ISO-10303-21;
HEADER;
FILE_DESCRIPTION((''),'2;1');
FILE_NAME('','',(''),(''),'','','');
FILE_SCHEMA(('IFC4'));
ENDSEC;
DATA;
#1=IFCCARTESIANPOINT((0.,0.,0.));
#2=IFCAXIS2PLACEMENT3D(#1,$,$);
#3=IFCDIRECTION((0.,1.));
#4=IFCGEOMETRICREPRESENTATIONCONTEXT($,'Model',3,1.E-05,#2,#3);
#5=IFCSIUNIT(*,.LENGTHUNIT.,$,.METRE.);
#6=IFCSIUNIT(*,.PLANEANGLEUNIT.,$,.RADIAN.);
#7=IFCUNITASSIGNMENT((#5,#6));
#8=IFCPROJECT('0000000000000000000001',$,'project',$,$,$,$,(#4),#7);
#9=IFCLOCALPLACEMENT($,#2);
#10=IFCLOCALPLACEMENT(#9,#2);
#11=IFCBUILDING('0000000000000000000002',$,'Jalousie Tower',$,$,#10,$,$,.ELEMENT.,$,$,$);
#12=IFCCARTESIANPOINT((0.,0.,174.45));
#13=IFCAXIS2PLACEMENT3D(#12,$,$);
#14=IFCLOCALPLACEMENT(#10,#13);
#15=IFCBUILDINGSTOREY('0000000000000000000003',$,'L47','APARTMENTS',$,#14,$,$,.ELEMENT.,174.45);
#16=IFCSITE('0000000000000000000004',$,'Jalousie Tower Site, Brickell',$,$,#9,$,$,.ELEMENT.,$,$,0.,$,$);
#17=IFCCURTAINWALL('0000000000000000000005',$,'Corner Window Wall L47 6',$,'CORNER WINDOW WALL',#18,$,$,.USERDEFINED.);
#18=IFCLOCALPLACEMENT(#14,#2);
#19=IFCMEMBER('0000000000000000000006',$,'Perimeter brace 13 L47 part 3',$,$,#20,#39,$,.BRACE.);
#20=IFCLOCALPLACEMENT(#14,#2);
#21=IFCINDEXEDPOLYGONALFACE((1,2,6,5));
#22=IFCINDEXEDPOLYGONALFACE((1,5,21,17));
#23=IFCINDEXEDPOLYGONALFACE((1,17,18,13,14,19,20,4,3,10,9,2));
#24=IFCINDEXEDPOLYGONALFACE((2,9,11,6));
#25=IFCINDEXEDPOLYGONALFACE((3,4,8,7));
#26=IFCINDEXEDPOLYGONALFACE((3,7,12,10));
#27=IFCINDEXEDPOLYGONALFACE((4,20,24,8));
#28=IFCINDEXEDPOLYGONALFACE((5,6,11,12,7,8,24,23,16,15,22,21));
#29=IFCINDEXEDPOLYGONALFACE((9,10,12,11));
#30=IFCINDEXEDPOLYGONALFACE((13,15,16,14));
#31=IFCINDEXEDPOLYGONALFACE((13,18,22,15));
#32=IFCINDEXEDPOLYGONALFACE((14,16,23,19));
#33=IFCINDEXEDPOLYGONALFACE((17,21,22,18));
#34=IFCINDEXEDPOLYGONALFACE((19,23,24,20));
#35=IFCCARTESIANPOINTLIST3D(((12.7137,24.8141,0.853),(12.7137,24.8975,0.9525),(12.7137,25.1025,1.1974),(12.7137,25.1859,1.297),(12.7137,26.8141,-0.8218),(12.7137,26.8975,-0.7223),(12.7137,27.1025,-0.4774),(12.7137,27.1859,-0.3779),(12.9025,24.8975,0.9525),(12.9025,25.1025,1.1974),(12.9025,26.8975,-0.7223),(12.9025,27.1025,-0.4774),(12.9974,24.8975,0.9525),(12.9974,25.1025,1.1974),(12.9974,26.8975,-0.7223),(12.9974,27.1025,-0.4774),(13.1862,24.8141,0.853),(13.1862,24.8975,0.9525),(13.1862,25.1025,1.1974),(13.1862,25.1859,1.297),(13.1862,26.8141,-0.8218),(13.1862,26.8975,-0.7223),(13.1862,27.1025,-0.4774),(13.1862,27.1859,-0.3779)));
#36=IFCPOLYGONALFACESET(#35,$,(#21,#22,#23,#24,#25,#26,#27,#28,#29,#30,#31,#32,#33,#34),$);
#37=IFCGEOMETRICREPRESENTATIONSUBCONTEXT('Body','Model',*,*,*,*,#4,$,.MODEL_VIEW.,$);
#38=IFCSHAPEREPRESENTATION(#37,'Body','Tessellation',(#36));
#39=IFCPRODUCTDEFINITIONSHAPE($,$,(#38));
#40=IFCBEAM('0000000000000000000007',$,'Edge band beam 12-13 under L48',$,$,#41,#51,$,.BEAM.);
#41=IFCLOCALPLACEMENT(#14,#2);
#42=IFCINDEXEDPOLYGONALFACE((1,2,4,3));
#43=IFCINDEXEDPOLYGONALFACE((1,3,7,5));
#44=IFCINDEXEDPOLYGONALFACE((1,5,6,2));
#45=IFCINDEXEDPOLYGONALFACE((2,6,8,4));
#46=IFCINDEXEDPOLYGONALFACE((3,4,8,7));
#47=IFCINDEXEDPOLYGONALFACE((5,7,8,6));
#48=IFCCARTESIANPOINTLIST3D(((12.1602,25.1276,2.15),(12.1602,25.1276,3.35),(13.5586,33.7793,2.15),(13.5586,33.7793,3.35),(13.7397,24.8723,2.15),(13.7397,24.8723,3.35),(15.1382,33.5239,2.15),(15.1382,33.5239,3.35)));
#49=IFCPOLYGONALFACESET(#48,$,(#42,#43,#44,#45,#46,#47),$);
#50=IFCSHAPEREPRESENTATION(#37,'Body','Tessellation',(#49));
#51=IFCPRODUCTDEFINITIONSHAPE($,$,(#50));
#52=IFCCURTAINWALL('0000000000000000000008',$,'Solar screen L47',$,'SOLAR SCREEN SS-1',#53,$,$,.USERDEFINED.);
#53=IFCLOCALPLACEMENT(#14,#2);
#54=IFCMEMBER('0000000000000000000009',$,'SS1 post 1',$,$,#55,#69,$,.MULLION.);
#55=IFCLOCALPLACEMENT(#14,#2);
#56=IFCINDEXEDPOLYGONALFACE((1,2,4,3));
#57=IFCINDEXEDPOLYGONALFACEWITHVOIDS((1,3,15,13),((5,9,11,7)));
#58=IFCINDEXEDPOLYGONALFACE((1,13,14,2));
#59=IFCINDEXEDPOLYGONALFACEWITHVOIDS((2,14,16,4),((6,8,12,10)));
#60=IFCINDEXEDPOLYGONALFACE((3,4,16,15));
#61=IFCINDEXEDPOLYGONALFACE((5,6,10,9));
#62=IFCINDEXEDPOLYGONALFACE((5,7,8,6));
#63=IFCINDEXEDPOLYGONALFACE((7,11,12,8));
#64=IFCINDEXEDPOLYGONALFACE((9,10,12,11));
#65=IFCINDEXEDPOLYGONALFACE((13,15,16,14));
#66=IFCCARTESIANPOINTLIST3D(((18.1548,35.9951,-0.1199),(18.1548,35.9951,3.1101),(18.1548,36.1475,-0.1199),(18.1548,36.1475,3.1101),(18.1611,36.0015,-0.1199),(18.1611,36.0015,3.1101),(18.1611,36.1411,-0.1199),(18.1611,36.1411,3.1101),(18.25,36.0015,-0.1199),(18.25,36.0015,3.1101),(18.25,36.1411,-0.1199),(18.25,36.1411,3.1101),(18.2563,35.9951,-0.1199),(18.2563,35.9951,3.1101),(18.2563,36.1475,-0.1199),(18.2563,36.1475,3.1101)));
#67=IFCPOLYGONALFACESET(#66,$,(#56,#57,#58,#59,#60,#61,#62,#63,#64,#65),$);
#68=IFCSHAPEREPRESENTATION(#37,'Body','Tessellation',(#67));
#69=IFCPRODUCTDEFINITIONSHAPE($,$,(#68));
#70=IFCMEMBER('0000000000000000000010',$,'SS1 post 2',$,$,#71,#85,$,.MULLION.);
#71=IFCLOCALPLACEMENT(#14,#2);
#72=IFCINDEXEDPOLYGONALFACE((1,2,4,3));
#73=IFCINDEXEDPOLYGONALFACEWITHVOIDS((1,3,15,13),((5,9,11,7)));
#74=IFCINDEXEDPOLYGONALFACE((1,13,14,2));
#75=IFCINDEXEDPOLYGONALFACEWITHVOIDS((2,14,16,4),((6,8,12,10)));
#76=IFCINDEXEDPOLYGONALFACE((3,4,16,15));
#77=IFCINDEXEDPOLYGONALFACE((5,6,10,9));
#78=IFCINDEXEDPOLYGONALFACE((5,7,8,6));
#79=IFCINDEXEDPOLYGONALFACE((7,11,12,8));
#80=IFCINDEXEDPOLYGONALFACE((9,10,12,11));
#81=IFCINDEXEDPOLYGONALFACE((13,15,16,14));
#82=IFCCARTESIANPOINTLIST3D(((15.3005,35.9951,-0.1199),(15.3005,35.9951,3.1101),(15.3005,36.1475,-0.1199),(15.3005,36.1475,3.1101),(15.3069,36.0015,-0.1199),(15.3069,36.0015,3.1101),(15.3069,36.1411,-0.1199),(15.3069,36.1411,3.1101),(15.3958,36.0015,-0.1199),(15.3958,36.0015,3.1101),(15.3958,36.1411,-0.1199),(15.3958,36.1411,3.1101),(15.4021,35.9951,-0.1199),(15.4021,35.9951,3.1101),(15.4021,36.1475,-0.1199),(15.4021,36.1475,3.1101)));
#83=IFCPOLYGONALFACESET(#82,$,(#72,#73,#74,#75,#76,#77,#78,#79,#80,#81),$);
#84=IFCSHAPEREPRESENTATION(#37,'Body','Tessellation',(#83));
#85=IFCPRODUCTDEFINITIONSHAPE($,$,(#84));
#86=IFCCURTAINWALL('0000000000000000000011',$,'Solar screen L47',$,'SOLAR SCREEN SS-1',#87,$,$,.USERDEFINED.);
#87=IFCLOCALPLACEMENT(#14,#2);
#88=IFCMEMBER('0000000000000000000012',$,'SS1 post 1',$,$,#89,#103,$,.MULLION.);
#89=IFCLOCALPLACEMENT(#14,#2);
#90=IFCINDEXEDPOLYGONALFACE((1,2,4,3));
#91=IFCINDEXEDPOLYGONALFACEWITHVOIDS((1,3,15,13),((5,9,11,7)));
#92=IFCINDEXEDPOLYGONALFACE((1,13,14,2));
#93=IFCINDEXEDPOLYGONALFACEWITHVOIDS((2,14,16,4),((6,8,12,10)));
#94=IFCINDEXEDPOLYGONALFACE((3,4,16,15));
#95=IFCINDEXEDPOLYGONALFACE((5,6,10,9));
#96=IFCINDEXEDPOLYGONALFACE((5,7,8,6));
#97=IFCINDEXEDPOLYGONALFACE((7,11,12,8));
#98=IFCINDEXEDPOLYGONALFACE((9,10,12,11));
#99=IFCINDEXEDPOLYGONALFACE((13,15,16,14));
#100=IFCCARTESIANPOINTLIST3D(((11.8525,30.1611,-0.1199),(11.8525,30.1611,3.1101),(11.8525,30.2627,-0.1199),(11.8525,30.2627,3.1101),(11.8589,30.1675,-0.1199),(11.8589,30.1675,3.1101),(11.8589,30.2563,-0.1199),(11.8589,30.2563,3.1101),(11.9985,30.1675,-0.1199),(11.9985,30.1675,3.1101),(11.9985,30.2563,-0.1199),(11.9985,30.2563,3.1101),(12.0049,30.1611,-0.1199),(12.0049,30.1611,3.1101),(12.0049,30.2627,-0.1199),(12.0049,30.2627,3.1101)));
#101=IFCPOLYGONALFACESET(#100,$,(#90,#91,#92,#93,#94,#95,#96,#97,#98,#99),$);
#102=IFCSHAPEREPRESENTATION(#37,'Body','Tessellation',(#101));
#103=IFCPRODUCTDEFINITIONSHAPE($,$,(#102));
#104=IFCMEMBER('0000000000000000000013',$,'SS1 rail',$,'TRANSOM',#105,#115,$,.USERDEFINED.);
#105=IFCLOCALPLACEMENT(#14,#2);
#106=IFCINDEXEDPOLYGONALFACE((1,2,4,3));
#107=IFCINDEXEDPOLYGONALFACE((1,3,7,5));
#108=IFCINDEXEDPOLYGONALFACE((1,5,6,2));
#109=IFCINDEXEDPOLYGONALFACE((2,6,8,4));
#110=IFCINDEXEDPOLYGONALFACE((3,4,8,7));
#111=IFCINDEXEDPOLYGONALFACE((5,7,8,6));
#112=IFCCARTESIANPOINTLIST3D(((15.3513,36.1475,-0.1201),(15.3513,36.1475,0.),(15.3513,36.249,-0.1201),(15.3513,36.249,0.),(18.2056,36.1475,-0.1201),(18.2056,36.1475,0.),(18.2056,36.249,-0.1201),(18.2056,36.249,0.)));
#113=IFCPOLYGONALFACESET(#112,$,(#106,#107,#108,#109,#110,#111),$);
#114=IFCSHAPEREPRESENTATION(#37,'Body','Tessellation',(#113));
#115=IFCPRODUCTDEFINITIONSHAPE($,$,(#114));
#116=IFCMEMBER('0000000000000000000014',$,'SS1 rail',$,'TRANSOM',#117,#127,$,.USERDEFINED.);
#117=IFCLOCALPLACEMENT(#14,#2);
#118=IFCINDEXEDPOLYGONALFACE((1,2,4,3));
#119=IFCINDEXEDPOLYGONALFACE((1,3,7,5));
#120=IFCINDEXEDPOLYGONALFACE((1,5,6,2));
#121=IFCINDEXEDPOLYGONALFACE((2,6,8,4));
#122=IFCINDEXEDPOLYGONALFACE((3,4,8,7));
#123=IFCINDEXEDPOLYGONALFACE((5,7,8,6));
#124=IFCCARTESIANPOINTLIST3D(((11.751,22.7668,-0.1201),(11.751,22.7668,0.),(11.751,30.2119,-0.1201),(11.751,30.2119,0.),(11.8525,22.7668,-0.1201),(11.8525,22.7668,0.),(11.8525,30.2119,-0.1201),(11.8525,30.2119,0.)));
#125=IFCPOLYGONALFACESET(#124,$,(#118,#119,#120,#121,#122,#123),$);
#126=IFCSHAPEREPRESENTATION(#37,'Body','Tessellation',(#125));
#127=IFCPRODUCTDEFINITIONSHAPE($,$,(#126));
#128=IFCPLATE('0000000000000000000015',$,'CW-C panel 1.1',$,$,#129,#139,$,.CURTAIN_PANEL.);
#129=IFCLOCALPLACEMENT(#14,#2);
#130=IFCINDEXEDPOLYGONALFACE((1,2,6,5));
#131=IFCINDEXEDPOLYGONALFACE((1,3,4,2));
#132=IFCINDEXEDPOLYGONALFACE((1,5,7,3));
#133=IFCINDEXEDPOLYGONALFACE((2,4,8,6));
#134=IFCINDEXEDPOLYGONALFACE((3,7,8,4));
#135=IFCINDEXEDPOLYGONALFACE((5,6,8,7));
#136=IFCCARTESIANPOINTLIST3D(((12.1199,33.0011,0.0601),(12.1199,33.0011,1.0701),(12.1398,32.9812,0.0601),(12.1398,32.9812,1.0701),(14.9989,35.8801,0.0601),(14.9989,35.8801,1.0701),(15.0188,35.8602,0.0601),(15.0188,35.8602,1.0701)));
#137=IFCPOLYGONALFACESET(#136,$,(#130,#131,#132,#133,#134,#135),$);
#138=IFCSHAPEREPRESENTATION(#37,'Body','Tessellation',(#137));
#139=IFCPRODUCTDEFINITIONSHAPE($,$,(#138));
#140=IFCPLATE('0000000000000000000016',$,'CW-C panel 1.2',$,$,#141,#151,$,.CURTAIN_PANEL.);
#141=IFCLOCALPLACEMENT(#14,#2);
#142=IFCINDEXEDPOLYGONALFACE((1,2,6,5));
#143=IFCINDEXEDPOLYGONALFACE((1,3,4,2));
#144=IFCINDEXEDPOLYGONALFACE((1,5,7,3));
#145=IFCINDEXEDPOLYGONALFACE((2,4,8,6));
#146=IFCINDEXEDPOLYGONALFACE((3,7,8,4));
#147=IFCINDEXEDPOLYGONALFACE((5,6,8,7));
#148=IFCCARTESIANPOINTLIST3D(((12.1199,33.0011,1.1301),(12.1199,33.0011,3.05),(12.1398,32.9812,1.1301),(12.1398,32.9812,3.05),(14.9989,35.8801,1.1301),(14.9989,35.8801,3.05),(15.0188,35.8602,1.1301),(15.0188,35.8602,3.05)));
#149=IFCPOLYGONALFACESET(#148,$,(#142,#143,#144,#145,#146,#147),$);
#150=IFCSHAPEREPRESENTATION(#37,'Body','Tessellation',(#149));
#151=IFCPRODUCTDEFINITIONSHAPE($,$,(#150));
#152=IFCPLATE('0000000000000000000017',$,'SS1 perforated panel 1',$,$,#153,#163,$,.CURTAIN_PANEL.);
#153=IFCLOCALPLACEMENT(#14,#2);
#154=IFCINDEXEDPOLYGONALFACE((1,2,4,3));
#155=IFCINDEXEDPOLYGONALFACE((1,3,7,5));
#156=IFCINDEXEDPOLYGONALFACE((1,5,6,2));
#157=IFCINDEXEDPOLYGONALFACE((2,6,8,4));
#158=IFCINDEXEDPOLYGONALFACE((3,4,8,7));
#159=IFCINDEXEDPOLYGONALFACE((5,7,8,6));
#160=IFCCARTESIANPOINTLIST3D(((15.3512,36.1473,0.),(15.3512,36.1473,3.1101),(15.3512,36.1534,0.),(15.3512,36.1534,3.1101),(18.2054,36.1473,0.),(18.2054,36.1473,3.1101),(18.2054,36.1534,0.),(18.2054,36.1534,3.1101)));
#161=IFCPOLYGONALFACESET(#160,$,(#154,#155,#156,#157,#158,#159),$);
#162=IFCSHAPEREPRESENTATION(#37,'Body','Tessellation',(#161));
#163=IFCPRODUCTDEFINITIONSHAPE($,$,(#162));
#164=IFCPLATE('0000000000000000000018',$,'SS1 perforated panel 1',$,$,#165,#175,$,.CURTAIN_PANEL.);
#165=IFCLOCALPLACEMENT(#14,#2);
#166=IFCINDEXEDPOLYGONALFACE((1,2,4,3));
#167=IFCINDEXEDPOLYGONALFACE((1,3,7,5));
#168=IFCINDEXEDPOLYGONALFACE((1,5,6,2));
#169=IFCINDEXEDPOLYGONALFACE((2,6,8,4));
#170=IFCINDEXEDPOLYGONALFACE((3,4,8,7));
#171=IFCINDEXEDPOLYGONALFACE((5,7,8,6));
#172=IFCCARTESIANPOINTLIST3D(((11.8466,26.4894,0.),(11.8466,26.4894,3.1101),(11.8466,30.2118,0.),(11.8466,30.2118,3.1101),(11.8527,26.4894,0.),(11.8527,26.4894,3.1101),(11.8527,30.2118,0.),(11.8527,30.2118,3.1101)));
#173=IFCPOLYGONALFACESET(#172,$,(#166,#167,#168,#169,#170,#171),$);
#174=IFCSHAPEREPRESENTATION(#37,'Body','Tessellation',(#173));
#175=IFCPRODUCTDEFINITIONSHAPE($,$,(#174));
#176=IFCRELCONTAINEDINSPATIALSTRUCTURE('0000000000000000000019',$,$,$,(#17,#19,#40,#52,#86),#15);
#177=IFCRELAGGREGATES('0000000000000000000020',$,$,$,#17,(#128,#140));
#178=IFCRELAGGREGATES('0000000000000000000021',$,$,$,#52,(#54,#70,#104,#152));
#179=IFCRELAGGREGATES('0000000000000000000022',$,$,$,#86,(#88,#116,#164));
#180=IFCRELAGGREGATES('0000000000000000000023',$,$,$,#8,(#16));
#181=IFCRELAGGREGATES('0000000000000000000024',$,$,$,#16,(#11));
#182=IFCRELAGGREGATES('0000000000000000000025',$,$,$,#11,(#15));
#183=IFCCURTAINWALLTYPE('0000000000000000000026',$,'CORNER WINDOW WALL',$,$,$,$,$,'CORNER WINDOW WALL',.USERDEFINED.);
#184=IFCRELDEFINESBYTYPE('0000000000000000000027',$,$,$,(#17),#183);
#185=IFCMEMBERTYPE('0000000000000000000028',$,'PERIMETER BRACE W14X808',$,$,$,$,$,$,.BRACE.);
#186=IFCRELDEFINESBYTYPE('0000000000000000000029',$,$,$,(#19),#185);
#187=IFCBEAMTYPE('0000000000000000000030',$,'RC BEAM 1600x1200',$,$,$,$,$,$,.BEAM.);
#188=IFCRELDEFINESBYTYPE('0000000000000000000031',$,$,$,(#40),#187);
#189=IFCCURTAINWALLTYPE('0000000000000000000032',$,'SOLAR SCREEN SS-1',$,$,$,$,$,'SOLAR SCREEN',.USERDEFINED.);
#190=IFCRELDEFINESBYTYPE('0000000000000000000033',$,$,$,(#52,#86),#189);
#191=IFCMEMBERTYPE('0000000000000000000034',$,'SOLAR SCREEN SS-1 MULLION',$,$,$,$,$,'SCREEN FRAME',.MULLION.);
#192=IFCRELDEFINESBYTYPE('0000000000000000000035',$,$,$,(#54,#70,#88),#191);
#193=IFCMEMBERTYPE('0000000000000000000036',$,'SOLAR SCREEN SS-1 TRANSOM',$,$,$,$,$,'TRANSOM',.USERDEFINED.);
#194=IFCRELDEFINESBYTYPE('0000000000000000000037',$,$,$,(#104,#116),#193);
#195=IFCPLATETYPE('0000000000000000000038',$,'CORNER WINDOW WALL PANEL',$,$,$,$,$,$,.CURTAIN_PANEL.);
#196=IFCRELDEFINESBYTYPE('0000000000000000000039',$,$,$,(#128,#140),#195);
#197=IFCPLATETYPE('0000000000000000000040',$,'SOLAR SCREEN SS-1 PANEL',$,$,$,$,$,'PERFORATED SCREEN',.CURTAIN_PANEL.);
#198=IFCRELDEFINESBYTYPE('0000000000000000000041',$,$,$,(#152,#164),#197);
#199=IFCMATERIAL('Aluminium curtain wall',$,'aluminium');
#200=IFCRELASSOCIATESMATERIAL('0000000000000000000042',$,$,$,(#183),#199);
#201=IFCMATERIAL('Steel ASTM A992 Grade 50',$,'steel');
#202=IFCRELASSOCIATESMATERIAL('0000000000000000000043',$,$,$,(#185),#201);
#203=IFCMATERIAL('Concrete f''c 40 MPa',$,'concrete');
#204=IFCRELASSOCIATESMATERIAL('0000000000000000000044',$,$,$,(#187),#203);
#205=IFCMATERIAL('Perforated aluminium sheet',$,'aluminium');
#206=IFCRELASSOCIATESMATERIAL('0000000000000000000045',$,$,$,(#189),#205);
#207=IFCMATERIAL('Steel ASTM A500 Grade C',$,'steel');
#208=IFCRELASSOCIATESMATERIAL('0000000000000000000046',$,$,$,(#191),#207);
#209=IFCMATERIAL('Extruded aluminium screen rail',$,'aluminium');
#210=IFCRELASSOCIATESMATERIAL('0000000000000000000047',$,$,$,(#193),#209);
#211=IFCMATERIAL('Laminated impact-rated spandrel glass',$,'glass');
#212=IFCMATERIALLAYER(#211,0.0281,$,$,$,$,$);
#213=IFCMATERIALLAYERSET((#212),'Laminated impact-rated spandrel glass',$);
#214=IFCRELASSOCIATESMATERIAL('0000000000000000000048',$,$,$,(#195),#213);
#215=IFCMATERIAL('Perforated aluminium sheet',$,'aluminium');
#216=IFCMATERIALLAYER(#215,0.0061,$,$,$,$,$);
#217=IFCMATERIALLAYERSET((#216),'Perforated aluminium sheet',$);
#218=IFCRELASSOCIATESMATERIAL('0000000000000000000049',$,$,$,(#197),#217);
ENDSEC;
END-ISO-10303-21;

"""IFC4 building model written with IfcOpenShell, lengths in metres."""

from ifc_helpers import new_model, si_unit, direction, frame, origin, origin_2d, place, context, subcontext, project, spatial, rectangle, hollow_rectangle, i_section, extrude, material, layer, layer_set, material_profile, profile_set, type_object, element, aggregate, save


model = new_model("IFC4")

# Units and contexts
model_context = context("Model", 3, precision=1e-05, world=origin(), true_north=direction((0.0, 1.0)))
body_context = subcontext(model_context, "Body", "Model", "MODEL_VIEW")
ifc_project = project(units=[si_unit("LENGTHUNIT", "METRE"), si_unit("PLANEANGLEUNIT", "RADIAN")], contexts=[model_context])

# Site, building, storey
site_placement = place(None, origin())
site = spatial("IfcSite", under=ifc_project, at=site_placement, Name="Jalousie Tower Site, Brickell", CompositionType="ELEMENT", RefElevation=0.0)
building_placement = place(site_placement, origin())
building = spatial("IfcBuilding", under=site, at=building_placement, Name="Jalousie Tower", CompositionType="ELEMENT")
storey_placement = place(building_placement, frame((0.0, 0.0, 174.45)))
storey = spatial("IfcBuildingStorey", under=building, at=storey_placement, Name="L47", Description="APARTMENTS", CompositionType="ELEMENT", Elevation=174.45)

# Curtain wall
ifc_material_1 = material(Name="Aluminium curtain wall", Category="aluminium")
curtain_wall_type_1 = type_object("IfcCurtainWallType", Name="CORNER WINDOW WALL", ElementType="CORNER WINDOW WALL", PredefinedType="USERDEFINED", material=ifc_material_1)
curtain_wall_1_placement = place(storey_placement, origin())
curtain_wall_1 = element("IfcCurtainWall", 1, at=curtain_wall_1_placement, inside=storey, type_object=curtain_wall_type_1, Name="Corner Window Wall L47 6", ObjectType="CORNER WINDOW WALL", PredefinedType="USERDEFINED")

# Member
ifc_material_2 = material(Name="Steel ASTM A992 Grade 50", Category="steel")
ifc_material_profile_1 = material_profile(ifc_material_2, i_section(OverallWidth=0.4724, OverallDepth=0.5791, WebThickness=0.095, FlangeThickness=0.1299, at=origin_2d()), Name="W14X808")
ifc_profile_set_1 = profile_set([ifc_material_profile_1], Name="Steel ASTM A992 Grade 50")
member_type_1 = type_object("IfcMemberType", Name="PERIMETER BRACE W14X808", PredefinedType="BRACE", material=ifc_profile_set_1)
member_1_placement = place(storey_placement, frame((12.95, 27.0, -0.5999), z_axis=(0.0, -0.766685, 0.642024), x_axis=(1.0, 0.0, 0.0)))
element("IfcMember", 2, at=member_1_placement, inside=storey, type_object=member_type_1, Name="Perimeter brace 13 L47 part 3", PredefinedType="BRACE", context=body_context, shape_type="SweptSolid", body=[
    extrude(i_section(OverallWidth=0.4724, OverallDepth=0.5791, WebThickness=0.095, FlangeThickness=0.1299, at=origin_2d()), origin(), (0.0, 0.0, 1.0), 2.6086),
])

# Beam
ifc_material_3 = material(Name="Concrete f'c 40 MPa", Category="concrete")
ifc_material_profile_2 = material_profile(ifc_material_3, rectangle(XDim=1.6001, YDim=1.2, at=origin_2d()), Name="RC 1600x1200")
ifc_profile_set_2 = profile_set([ifc_material_profile_2], Name="Concrete f'c 40 MPa")
beam_type = type_object("IfcBeamType", Name="RC BEAM 1600x1200", PredefinedType="BEAM", material=ifc_profile_set_2)
beam_placement = place(storey_placement, frame((14.3484, 33.6516, 2.75), z_axis=(-0.159568, -0.987187, 0.0), x_axis=(0.987187, -0.159568, 0.0)))
element("IfcBeam", 3, at=beam_placement, inside=storey, type_object=beam_type, Name="Edge band beam 12-13 under L48", PredefinedType="BEAM", context=body_context, shape_type="SweptSolid", body=[
    extrude(rectangle(XDim=1.6001, YDim=1.2, at=origin_2d()), origin(), (0.0, 0.0, 1.0), 8.7639),
])

# Curtain wall, members
ifc_material_4 = material(Name="Perforated aluminium sheet", Category="aluminium")
curtain_wall_type_2 = type_object("IfcCurtainWallType", Name="SOLAR SCREEN SS-1", ElementType="SOLAR SCREEN", PredefinedType="USERDEFINED", material=ifc_material_4)
curtain_wall_2_placement = place(storey_placement, origin())
curtain_wall_2 = element("IfcCurtainWall", 4, at=curtain_wall_2_placement, inside=storey, type_object=curtain_wall_type_2, Name="Solar screen L47", ObjectType="SOLAR SCREEN SS-1", PredefinedType="USERDEFINED")
ifc_material_5 = material(Name="Steel ASTM A500 Grade C", Category="steel")
ifc_material_profile_3 = material_profile(ifc_material_5, hollow_rectangle(XDim=0.1016, YDim=0.1523, WallThickness=0.0063, at=origin_2d()), Name="HSS6X4X1/4")
ifc_profile_set_3 = profile_set([ifc_material_profile_3], Name="Steel ASTM A500 Grade C")
member_type_2 = type_object("IfcMemberType", Name="SOLAR SCREEN SS-1 MULLION", ElementType="SCREEN FRAME", PredefinedType="MULLION", material=ifc_profile_set_3)
member_2_placement = place(storey_placement, frame((18.2056, 36.0713, -0.1199), z_axis=(0.0, 0.0, 1.0), x_axis=(-1.0, 0.0, 0.0)))
member_2 = element("IfcMember", 5, at=member_2_placement, type_object=member_type_2, Name="SS1 post 1", PredefinedType="MULLION", context=body_context, shape_type="SweptSolid", body=[
    extrude(hollow_rectangle(XDim=0.1016, YDim=0.1523, WallThickness=0.0063, at=origin_2d()), origin(), (0.0, 0.0, 1.0), 3.23),
])
member_3_placement = place(storey_placement, frame((15.3513, 36.0713, -0.1199), z_axis=(0.0, 0.0, 1.0), x_axis=(-1.0, 0.0, 0.0)))
member_3 = element("IfcMember", 6, at=member_3_placement, type_object=member_type_2, Name="SS1 post 2", PredefinedType="MULLION", context=body_context, shape_type="SweptSolid", body=[
    extrude(hollow_rectangle(XDim=0.1016, YDim=0.1523, WallThickness=0.0063, at=origin_2d()), origin(), (0.0, 0.0, 1.0), 3.23),
])

# Curtain wall, member
curtain_wall_3_placement = place(storey_placement, origin())
curtain_wall_3 = element("IfcCurtainWall", 7, at=curtain_wall_3_placement, inside=storey, type_object=curtain_wall_type_2, Name="Solar screen L47", ObjectType="SOLAR SCREEN SS-1", PredefinedType="USERDEFINED")
member_4_placement = place(storey_placement, frame((11.9287, 30.2119, -0.1199), z_axis=(0.0, 0.0, 1.0), x_axis=(0.0, -1.0, 0.0)))
member_4 = element("IfcMember", 8, at=member_4_placement, type_object=member_type_2, Name="SS1 post 1", PredefinedType="MULLION", context=body_context, shape_type="SweptSolid", body=[
    extrude(hollow_rectangle(XDim=0.1016, YDim=0.1523, WallThickness=0.0063, at=origin_2d()), origin(), (0.0, 0.0, 1.0), 3.23),
])

# Members
ifc_material_6 = material(Name="Extruded aluminium screen rail", Category="aluminium")
ifc_material_profile_4 = material_profile(ifc_material_6, rectangle(XDim=0.1016, YDim=0.1201, at=origin_2d()), Name="RAIL 102x120")
ifc_profile_set_4 = profile_set([ifc_material_profile_4], Name="Extruded aluminium screen rail")
member_type_3 = type_object("IfcMemberType", Name="SOLAR SCREEN SS-1 TRANSOM", ElementType="TRANSOM", PredefinedType="USERDEFINED", material=ifc_profile_set_4)
member_5_placement = place(storey_placement, frame((18.2056, 36.1982, -0.0601), z_axis=(-1.0, 0.0, 0.0), x_axis=(0.0, -1.0, 0.0)))
member_5 = element("IfcMember", 9, at=member_5_placement, type_object=member_type_3, Name="SS1 rail", ObjectType="TRANSOM", PredefinedType="USERDEFINED", context=body_context, shape_type="SweptSolid", body=[
    extrude(rectangle(XDim=0.1016, YDim=0.1201, at=origin_2d()), origin(), (0.0, 0.0, 1.0), 2.8542),
])
member_6_placement = place(storey_placement, frame((11.8018, 30.2119, -0.0601), z_axis=(0.0, -1.0, 0.0), x_axis=(1.0, 0.0, 0.0)))
member_6 = element("IfcMember", 10, at=member_6_placement, type_object=member_type_3, Name="SS1 rail", ObjectType="TRANSOM", PredefinedType="USERDEFINED", context=body_context, shape_type="SweptSolid", body=[
    extrude(rectangle(XDim=0.1016, YDim=0.1201, at=origin_2d()), origin(), (0.0, 0.0, 1.0), 7.4451),
])

# Plates
ifc_material_7 = material(Name="Laminated impact-rated spandrel glass", Category="glass")
ifc_layer_1 = layer(ifc_material_7, 0.0281)
ifc_layer_set_1 = layer_set([ifc_layer_1], Name="Laminated impact-rated spandrel glass")
plate_type_1 = type_object("IfcPlateType", Name="CORNER WINDOW WALL PANEL", PredefinedType="CURTAIN_PANEL", material=ifc_layer_set_1)
plate_1_placement = place(storey_placement, frame((13.5693, 34.4307, 0.0601), z_axis=(0.0, 0.0, 1.0), x_axis=(-0.707107, -0.707107, 0.0)))
plate_1 = element("IfcPlate", 11, at=plate_1_placement, type_object=plate_type_1, Name="CW-C panel 1.1", PredefinedType="CURTAIN_PANEL", context=body_context, shape_type="SweptSolid", body=[
    extrude(rectangle(XDim=4.0715, YDim=0.0281, at=origin_2d()), origin(), (0.0, 0.0, 1.0), 1.01),
])
plate_2_placement = place(storey_placement, frame((13.5693, 34.4307, 1.1301), z_axis=(0.0, 0.0, 1.0), x_axis=(-0.707107, -0.707107, 0.0)))
plate_2 = element("IfcPlate", 12, at=plate_2_placement, type_object=plate_type_1, Name="CW-C panel 1.2", PredefinedType="CURTAIN_PANEL", context=body_context, shape_type="SweptSolid", body=[
    extrude(rectangle(XDim=4.0715, YDim=0.0281, at=origin_2d()), origin(), (0.0, 0.0, 1.0), 1.9199),
])
aggregate(curtain_wall_1, [plate_1, plate_2])
ifc_material_8 = material(Name="Perforated aluminium sheet", Category="aluminium")
ifc_layer_2 = layer(ifc_material_8, 0.0061)
ifc_layer_set_2 = layer_set([ifc_layer_2], Name="Perforated aluminium sheet")
plate_type_2 = type_object("IfcPlateType", Name="SOLAR SCREEN SS-1 PANEL", ElementType="PERFORATED SCREEN", PredefinedType="CURTAIN_PANEL", material=ifc_layer_set_2)
plate_3_placement = place(storey_placement, frame((16.7783, 36.1504, 0.0), z_axis=(0.0, 0.0, 1.0), x_axis=(-1.0, 0.0, 0.0)))
plate_3 = element("IfcPlate", 13, at=plate_3_placement, type_object=plate_type_2, Name="SS1 perforated panel 1", PredefinedType="CURTAIN_PANEL", context=body_context, shape_type="SweptSolid", body=[
    extrude(rectangle(XDim=2.8542, YDim=0.0061, at=origin_2d()), origin(), (0.0, 0.0, 1.0), 3.1101),
])
aggregate(curtain_wall_2, [member_2, member_3, member_5, plate_3])
plate_4_placement = place(storey_placement, frame((11.8496, 28.3506, 0.0), z_axis=(0.0, 0.0, 1.0), x_axis=(0.0, -1.0, 0.0)))
plate_4 = element("IfcPlate", 14, at=plate_4_placement, type_object=plate_type_2, Name="SS1 perforated panel 1", PredefinedType="CURTAIN_PANEL", context=body_context, shape_type="SweptSolid", body=[
    extrude(rectangle(XDim=3.7224, YDim=0.0061, at=origin_2d()), origin(), (0.0, 0.0, 1.0), 3.1101),
])
aggregate(curtain_wall_3, [member_4, member_6, plate_4])

save(model, "model.ifc")
